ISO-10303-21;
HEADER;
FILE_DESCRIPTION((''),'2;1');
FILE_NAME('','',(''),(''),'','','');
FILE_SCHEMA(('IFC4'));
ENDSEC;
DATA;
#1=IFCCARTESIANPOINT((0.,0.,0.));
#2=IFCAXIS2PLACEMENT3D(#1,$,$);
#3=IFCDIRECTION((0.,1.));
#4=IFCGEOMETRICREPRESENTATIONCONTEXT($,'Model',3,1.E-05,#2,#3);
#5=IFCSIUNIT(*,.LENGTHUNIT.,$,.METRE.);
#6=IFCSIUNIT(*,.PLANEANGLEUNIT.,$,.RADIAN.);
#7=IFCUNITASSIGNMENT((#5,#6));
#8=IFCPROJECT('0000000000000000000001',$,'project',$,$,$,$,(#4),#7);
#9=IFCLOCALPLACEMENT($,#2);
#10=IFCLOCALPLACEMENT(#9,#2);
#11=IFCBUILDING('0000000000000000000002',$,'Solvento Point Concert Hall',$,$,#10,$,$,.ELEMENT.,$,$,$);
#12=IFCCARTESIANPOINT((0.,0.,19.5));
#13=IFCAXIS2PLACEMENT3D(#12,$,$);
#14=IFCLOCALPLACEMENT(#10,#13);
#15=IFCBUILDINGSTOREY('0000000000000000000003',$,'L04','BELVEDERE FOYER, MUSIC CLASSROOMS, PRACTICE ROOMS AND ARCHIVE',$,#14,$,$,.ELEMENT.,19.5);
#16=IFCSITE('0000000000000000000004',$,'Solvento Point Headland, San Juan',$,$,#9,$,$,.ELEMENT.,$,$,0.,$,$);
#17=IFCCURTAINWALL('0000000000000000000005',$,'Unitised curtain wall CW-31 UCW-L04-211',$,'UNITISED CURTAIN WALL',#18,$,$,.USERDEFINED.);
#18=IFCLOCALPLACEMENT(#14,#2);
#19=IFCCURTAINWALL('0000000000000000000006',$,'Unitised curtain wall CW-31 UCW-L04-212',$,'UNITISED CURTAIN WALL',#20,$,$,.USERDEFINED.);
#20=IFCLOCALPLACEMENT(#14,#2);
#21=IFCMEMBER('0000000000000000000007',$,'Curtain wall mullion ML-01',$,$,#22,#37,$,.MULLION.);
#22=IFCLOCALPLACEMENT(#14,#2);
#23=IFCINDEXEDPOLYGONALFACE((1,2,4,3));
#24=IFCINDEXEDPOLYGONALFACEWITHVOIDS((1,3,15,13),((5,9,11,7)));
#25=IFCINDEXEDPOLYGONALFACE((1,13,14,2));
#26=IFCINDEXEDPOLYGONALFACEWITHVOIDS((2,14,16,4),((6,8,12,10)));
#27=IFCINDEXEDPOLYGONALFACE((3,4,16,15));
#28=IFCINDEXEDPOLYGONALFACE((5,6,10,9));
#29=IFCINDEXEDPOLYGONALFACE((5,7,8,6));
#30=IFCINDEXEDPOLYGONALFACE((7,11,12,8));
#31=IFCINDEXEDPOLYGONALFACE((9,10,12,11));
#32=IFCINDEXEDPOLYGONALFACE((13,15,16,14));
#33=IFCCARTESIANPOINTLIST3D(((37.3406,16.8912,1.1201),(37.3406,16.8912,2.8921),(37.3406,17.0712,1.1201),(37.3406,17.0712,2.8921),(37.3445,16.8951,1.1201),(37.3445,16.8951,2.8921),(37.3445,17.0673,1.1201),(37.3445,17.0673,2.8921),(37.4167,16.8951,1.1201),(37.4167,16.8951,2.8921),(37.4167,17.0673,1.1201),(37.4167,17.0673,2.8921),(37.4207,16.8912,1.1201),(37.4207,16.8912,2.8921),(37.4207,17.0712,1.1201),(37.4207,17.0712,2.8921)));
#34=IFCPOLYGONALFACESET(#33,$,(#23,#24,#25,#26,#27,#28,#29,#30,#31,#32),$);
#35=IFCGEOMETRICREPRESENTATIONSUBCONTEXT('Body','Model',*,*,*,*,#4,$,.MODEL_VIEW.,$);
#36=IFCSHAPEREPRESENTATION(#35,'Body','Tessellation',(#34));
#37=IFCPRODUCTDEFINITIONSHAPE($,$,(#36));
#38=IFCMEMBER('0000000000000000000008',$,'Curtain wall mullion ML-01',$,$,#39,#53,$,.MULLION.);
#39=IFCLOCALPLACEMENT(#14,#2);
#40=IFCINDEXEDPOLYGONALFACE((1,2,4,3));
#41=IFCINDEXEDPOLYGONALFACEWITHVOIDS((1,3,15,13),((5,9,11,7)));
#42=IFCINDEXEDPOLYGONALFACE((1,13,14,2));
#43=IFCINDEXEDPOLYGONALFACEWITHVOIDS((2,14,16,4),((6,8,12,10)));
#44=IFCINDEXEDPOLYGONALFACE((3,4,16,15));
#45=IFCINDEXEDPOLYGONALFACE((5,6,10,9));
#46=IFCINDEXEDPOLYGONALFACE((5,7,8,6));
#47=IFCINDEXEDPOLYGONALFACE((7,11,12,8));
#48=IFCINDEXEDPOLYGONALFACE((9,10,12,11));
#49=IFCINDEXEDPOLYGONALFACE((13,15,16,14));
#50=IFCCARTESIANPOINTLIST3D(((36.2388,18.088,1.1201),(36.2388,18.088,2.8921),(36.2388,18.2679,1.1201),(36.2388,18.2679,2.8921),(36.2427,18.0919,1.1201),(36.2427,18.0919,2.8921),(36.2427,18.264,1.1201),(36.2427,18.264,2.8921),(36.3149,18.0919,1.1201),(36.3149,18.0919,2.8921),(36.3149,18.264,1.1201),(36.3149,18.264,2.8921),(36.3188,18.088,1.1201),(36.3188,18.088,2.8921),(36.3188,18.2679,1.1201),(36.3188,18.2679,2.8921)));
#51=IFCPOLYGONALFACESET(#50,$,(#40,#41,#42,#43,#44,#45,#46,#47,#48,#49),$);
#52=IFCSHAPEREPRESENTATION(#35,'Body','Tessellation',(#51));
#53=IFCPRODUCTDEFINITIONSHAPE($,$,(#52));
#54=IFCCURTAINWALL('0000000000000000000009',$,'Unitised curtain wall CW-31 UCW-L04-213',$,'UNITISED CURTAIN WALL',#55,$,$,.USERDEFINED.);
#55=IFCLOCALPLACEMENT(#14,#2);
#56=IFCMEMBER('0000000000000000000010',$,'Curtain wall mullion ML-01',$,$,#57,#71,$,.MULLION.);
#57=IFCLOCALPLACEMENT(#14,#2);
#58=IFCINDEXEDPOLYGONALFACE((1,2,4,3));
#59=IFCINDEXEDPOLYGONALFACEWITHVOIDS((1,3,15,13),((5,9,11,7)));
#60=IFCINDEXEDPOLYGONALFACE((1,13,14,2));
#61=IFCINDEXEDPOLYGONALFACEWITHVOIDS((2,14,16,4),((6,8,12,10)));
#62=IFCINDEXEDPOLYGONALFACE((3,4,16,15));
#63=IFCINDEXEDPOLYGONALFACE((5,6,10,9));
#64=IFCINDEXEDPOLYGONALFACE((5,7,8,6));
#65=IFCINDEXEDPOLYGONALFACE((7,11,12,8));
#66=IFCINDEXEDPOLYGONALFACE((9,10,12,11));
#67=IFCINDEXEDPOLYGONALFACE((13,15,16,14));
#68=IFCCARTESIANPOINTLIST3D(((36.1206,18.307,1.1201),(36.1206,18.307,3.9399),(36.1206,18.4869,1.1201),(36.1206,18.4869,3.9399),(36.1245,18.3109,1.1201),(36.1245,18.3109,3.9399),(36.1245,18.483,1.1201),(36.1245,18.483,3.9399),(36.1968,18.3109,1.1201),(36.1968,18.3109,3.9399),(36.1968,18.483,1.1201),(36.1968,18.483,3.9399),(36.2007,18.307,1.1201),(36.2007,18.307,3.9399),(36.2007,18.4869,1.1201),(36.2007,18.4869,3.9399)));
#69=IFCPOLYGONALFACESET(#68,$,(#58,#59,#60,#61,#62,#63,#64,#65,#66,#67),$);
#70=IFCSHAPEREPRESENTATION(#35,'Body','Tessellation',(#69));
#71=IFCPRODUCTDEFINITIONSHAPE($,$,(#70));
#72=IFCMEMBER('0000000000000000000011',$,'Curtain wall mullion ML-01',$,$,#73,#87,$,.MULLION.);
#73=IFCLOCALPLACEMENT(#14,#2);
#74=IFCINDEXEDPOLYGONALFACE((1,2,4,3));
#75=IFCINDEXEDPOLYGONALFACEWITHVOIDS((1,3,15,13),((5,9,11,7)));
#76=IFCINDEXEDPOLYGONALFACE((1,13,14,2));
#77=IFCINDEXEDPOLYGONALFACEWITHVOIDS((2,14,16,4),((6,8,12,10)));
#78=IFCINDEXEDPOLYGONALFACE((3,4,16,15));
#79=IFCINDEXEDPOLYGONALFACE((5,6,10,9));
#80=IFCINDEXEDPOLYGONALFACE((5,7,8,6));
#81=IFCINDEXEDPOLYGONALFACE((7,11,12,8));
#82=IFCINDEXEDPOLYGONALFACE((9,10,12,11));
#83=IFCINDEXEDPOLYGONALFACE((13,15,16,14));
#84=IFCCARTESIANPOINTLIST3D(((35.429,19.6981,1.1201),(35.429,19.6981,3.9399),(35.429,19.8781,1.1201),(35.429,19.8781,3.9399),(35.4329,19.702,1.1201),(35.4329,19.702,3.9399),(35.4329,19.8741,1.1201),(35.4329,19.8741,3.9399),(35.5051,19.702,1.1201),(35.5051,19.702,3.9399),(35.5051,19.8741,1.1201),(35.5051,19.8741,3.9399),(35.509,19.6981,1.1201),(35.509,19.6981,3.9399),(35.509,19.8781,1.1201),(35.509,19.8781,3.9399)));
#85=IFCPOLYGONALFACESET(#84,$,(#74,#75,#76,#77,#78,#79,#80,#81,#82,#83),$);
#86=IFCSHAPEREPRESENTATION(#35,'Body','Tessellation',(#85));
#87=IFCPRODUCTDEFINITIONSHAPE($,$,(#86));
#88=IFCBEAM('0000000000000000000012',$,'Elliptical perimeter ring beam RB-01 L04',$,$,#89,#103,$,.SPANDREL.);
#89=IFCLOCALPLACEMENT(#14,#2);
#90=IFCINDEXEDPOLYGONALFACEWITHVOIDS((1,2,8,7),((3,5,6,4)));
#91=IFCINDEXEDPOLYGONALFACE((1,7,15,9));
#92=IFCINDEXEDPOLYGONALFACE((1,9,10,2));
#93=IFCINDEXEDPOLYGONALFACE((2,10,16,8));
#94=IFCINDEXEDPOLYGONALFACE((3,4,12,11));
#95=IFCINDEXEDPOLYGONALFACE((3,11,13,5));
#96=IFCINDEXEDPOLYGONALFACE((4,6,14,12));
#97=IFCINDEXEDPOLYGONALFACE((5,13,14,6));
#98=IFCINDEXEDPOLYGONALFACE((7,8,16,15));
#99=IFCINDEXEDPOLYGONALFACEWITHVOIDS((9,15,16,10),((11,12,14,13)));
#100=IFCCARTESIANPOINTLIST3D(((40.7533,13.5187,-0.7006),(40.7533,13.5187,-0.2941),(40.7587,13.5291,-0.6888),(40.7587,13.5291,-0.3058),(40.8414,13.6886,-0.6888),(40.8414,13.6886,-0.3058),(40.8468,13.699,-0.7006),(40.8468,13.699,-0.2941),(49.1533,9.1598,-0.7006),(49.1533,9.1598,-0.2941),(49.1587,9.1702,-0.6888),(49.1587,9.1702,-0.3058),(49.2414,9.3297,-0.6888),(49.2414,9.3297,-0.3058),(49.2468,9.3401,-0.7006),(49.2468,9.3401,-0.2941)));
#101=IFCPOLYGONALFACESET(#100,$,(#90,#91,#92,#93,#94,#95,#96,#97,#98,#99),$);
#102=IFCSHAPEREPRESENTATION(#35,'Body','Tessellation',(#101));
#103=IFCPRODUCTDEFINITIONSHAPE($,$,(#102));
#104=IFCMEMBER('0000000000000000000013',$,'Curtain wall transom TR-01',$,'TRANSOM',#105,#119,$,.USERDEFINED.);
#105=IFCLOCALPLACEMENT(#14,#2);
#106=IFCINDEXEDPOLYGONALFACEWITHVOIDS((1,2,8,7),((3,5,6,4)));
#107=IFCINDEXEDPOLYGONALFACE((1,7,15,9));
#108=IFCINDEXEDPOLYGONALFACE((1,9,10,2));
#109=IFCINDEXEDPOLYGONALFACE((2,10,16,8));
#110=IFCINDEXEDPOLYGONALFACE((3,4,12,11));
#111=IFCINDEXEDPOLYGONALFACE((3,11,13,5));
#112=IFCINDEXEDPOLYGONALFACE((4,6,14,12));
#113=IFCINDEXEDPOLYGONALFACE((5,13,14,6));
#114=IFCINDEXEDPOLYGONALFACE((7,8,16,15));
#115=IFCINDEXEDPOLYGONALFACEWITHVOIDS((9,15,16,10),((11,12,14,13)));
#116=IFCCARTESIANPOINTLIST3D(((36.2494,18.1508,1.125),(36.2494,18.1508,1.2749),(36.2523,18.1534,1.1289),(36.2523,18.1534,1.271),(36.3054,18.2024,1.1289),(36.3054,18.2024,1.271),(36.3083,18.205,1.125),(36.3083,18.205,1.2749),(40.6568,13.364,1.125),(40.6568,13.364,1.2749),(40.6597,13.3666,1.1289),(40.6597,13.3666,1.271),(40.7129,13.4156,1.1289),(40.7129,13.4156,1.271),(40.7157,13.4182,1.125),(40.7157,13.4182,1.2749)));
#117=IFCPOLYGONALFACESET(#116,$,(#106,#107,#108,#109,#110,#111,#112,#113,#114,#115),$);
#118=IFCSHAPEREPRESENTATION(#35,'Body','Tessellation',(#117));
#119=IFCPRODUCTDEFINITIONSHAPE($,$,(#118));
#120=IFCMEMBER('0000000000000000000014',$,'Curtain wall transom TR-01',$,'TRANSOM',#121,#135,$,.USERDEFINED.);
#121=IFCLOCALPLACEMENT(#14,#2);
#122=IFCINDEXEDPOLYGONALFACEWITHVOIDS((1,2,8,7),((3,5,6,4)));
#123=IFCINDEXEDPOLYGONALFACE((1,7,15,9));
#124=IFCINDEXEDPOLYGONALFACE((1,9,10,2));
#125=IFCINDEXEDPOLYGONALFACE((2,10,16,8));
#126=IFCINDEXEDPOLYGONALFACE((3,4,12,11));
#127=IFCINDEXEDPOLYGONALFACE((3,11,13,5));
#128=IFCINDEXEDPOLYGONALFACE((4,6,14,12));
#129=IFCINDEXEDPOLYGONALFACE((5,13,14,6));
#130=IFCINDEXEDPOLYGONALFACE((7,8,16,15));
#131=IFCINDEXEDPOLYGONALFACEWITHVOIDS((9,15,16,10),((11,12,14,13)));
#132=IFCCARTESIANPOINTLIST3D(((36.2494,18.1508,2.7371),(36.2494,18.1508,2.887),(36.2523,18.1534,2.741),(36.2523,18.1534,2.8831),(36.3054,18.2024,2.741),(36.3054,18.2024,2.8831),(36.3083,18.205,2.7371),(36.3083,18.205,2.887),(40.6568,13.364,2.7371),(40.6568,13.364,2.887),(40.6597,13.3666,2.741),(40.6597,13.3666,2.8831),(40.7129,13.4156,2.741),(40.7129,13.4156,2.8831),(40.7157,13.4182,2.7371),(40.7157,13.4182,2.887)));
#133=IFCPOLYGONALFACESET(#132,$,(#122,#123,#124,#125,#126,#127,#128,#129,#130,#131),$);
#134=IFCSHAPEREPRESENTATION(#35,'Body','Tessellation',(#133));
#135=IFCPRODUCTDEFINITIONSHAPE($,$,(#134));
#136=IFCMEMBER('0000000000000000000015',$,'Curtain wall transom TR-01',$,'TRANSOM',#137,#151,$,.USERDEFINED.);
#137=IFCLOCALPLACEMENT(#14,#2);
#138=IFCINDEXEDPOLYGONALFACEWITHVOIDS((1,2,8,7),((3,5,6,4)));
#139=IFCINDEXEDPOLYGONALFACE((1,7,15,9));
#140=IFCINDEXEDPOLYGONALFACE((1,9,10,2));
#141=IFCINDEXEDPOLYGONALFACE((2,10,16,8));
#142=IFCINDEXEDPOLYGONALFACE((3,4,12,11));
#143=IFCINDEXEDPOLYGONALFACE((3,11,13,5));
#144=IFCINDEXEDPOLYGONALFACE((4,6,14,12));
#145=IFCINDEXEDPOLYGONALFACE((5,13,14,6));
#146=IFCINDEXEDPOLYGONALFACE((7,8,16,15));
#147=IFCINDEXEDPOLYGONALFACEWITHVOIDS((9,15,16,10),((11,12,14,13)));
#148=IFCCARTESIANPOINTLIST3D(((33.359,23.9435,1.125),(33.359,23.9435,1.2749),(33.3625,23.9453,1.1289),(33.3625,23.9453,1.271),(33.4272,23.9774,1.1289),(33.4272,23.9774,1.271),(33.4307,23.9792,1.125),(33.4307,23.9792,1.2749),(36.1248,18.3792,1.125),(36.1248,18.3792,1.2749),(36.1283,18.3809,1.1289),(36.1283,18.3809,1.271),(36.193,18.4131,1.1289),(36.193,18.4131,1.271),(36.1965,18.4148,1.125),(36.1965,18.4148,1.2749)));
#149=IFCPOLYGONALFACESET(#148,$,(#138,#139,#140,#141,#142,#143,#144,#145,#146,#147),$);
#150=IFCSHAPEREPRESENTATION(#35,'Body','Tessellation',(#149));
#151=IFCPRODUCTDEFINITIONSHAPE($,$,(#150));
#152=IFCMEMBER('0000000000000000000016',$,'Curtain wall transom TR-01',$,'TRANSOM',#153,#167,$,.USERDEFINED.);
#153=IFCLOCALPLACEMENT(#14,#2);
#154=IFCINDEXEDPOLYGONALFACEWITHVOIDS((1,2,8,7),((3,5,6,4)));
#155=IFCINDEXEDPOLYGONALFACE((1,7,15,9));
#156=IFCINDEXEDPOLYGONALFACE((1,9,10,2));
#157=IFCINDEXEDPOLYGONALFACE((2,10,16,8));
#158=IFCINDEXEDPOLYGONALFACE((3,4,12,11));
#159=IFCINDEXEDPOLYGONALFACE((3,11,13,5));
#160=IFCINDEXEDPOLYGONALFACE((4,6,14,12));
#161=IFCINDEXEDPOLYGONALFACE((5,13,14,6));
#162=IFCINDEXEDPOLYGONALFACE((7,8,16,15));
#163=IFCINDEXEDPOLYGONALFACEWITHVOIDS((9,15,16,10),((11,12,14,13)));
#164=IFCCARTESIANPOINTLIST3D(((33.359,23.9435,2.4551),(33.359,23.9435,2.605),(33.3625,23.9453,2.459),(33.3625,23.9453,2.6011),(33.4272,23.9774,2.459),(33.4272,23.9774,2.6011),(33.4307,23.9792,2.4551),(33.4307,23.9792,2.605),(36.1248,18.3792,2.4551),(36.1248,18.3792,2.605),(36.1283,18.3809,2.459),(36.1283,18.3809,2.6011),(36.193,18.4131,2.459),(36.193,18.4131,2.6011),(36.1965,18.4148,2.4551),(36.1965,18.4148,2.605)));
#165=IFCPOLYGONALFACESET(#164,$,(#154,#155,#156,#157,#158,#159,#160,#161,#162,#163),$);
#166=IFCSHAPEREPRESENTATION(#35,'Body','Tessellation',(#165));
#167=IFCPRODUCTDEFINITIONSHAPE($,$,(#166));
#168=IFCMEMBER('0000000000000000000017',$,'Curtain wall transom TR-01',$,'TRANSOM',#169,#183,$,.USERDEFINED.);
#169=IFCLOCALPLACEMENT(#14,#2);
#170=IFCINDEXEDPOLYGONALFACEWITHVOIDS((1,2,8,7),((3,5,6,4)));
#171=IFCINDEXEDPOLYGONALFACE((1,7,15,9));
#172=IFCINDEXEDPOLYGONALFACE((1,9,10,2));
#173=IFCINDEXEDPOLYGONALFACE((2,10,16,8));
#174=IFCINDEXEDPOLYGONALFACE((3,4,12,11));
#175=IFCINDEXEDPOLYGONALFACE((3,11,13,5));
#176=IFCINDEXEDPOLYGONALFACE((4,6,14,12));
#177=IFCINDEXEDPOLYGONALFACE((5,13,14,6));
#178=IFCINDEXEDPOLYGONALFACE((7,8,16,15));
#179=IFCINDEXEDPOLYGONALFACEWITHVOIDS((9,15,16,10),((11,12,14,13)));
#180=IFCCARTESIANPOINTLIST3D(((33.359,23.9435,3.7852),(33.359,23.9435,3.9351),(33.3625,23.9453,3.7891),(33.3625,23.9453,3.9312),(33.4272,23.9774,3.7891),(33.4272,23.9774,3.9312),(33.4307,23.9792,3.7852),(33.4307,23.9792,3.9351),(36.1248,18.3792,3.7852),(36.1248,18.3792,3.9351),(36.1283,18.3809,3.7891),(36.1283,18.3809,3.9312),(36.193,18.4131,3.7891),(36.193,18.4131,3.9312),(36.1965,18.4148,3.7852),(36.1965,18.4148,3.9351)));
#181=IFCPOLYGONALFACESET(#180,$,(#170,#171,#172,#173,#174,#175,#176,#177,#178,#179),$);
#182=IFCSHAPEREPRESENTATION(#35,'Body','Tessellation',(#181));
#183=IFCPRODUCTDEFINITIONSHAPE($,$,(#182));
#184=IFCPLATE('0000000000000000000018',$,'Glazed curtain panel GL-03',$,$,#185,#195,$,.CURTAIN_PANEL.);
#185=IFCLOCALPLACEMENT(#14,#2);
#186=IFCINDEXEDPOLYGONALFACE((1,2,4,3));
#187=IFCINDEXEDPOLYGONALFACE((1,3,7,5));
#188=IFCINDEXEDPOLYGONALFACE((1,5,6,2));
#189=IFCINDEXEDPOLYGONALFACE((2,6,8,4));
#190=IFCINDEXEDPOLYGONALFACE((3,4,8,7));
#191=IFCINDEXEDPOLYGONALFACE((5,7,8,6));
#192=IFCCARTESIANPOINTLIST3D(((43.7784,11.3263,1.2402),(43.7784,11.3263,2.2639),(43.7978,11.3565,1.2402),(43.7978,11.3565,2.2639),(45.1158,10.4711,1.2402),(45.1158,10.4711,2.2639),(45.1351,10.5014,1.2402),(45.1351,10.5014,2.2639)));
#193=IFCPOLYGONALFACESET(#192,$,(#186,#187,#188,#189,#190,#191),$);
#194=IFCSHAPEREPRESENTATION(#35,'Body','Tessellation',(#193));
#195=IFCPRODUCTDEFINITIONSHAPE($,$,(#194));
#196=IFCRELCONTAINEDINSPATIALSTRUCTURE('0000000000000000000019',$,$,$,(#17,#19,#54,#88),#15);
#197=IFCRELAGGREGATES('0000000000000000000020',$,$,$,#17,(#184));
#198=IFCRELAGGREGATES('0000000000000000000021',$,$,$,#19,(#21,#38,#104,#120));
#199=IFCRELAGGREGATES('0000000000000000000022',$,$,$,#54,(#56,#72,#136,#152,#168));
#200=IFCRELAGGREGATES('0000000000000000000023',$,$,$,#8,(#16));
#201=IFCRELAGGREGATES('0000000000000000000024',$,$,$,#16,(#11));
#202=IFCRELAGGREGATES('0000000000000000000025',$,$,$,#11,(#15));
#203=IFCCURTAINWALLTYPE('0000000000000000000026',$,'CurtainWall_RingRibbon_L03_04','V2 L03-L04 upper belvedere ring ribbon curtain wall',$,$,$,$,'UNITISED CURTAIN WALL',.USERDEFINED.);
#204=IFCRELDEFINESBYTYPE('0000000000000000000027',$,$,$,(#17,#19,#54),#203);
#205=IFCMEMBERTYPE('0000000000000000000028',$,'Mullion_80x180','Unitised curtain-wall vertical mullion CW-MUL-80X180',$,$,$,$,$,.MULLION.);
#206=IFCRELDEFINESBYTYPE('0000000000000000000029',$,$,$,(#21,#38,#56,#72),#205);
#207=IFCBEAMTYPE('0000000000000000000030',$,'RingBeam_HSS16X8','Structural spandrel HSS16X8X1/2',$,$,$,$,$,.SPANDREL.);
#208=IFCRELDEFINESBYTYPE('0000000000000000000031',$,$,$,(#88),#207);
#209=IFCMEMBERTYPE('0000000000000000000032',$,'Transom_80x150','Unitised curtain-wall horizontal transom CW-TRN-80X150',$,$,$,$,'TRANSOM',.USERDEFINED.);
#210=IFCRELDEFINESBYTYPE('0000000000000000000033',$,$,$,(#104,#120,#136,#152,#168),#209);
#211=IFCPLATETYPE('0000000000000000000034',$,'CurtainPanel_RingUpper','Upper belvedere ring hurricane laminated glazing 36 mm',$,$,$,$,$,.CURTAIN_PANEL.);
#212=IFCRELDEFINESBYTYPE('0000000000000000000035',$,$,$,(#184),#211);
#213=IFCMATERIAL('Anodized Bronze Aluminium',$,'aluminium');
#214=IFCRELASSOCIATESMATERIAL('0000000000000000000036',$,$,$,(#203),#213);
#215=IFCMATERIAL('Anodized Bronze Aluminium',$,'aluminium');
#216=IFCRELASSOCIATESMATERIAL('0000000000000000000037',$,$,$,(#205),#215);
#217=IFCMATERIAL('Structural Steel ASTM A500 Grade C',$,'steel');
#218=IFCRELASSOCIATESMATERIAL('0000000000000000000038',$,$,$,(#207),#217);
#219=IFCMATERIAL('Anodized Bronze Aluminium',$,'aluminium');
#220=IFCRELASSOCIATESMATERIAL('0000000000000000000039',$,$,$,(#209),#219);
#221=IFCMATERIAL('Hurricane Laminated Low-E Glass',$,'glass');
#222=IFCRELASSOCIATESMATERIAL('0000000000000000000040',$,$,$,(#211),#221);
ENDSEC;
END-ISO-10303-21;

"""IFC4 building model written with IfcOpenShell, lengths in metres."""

from ifc_helpers import new_model, si_unit, direction, frame, origin, origin_2d, place, context, subcontext, project, spatial, rectangle, hollow_rectangle, extrude, material, material_profile, profile_set, type_object, element, aggregate, save


model = new_model("IFC4")

# Units and contexts
model_context = context("Model", 3, precision=1e-05, world=origin(), true_north=direction((0.0, 1.0)))
body_context = subcontext(model_context, "Body", "Model", "MODEL_VIEW")
ifc_project = project(units=[si_unit("LENGTHUNIT", "METRE"), si_unit("PLANEANGLEUNIT", "RADIAN")], contexts=[model_context])

# Site, building, storey
site_placement = place(None, origin())
site = spatial("IfcSite", under=ifc_project, at=site_placement, Name="Solvento Point Headland, San Juan", CompositionType="ELEMENT", RefElevation=0.0)
building_placement = place(site_placement, origin())
building = spatial("IfcBuilding", under=site, at=building_placement, Name="Solvento Point Concert Hall", CompositionType="ELEMENT")
storey_placement = place(building_placement, frame((0.0, 0.0, 19.5)))
storey = spatial("IfcBuildingStorey", under=building, at=storey_placement, Name="L04", Description="BELVEDERE FOYER, MUSIC CLASSROOMS, PRACTICE ROOMS AND ARCHIVE", CompositionType="ELEMENT", Elevation=19.5)

# Curtain walls, members
ifc_material_1 = material(Name="Anodized Bronze Aluminium", Category="aluminium")
curtain_wall_type = type_object("IfcCurtainWallType", Name="CurtainWall_RingRibbon_L03_04", Description="V2 L03-L04 upper belvedere ring ribbon curtain wall", ElementType="UNITISED CURTAIN WALL", PredefinedType="USERDEFINED", material=ifc_material_1)
curtain_wall_1_placement = place(storey_placement, origin())
curtain_wall_1 = element("IfcCurtainWall", 1, at=curtain_wall_1_placement, inside=storey, type_object=curtain_wall_type, Name="Unitised curtain wall CW-31 UCW-L04-211", ObjectType="UNITISED CURTAIN WALL", PredefinedType="USERDEFINED")
ifc_material_2 = material(Name="Anodized Bronze Aluminium", Category="aluminium")
ifc_material_profile_1 = material_profile(ifc_material_2, hollow_rectangle(XDim=0.0801, YDim=0.1799, WallThickness=0.0039, at=origin_2d()), Name="CW-MUL-80X180")
ifc_profile_set_1 = profile_set([ifc_material_profile_1], Name="Anodized Bronze Aluminium")
member_type_1 = type_object("IfcMemberType", Name="Mullion_80x180", Description="Unitised curtain-wall vertical mullion CW-MUL-80X180", PredefinedType="MULLION", material=ifc_profile_set_1)
curtain_wall_2_placement = place(storey_placement, origin())
curtain_wall_2 = element("IfcCurtainWall", 2, at=curtain_wall_2_placement, inside=storey, type_object=curtain_wall_type, Name="Unitised curtain wall CW-31 UCW-L04-212", ObjectType="UNITISED CURTAIN WALL", PredefinedType="USERDEFINED")
member_1_placement = place(storey_placement, frame((37.3806, 16.9812, 1.1201), z_axis=(0.0, 0.0, 1.0), x_axis=(1.0, 0.0, 0.0)))
member_1 = element("IfcMember", 3, at=member_1_placement, type_object=member_type_1, Name="Curtain wall mullion ML-01", PredefinedType="MULLION", context=body_context, shape_type="SweptSolid", body=[
    extrude(hollow_rectangle(XDim=0.0801, YDim=0.1799, WallThickness=0.0039, at=origin_2d()), origin(), (0.0, 0.0, 1.0), 1.772),
])
member_2_placement = place(storey_placement, frame((36.2788, 18.178, 1.1201), z_axis=(0.0, 0.0, 1.0), x_axis=(1.0, 0.0, 0.0)))
member_2 = element("IfcMember", 4, at=member_2_placement, type_object=member_type_1, Name="Curtain wall mullion ML-01", PredefinedType="MULLION", context=body_context, shape_type="SweptSolid", body=[
    extrude(hollow_rectangle(XDim=0.0801, YDim=0.1799, WallThickness=0.0039, at=origin_2d()), origin(), (0.0, 0.0, 1.0), 1.772),
])
curtain_wall_3_placement = place(storey_placement, origin())
curtain_wall_3 = element("IfcCurtainWall", 5, at=curtain_wall_3_placement, inside=storey, type_object=curtain_wall_type, Name="Unitised curtain wall CW-31 UCW-L04-213", ObjectType="UNITISED CURTAIN WALL", PredefinedType="USERDEFINED")
member_3_placement = place(storey_placement, frame((36.1606, 18.397, 1.1201), z_axis=(0.0, 0.0, 1.0), x_axis=(1.0, 0.0, 0.0)))
member_3 = element("IfcMember", 6, at=member_3_placement, type_object=member_type_1, Name="Curtain wall mullion ML-01", PredefinedType="MULLION", context=body_context, shape_type="SweptSolid", body=[
    extrude(hollow_rectangle(XDim=0.0801, YDim=0.1799, WallThickness=0.0039, at=origin_2d()), origin(), (0.0, 0.0, 1.0), 2.8198),
])
member_4_placement = place(storey_placement, frame((35.469, 19.7881, 1.1201), z_axis=(0.0, 0.0, 1.0), x_axis=(1.0, 0.0, 0.0)))
member_4 = element("IfcMember", 7, at=member_4_placement, type_object=member_type_1, Name="Curtain wall mullion ML-01", PredefinedType="MULLION", context=body_context, shape_type="SweptSolid", body=[
    extrude(hollow_rectangle(XDim=0.0801, YDim=0.1799, WallThickness=0.0039, at=origin_2d()), origin(), (0.0, 0.0, 1.0), 2.8198),
])

# Beam
ifc_material_3 = material(Name="Structural Steel ASTM A500 Grade C", Category="steel")
ifc_material_profile_2 = material_profile(ifc_material_3, hollow_rectangle(XDim=0.2031, YDim=0.4065, WallThickness=0.0117, at=origin_2d()), Name="HSS16X8X1/2")
ifc_profile_set_2 = profile_set([ifc_material_profile_2], Name="Structural Steel ASTM A500 Grade C")
beam_type_1 = type_object("IfcBeamType", Name="RingBeam_HSS16X8", Description="Structural spandrel HSS16X8X1/2", PredefinedType="SPANDREL", material=ifc_profile_set_2)
beam_1_placement = place(storey_placement, frame((40.8, 13.6089, -0.4973), z_axis=(0.887608, -0.460599, 0.0), x_axis=(0.460599, 0.887608, 0.0)))
element("IfcBeam", 8, at=beam_1_placement, inside=storey, type_object=beam_type_1, Name="Elliptical perimeter ring beam RB-01 L04", PredefinedType="SPANDREL", context=body_context, shape_type="SweptSolid", body=[
    extrude(hollow_rectangle(XDim=0.2031, YDim=0.4065, WallThickness=0.0117, at=origin_2d()), origin(), (0.0, 0.0, 1.0), 9.4636),
])

# Members
ifc_material_4 = material(Name="Anodized Bronze Aluminium", Category="aluminium")
ifc_material_profile_3 = material_profile(ifc_material_4, hollow_rectangle(XDim=0.0801, YDim=0.1499, WallThickness=0.0039, at=origin_2d()), Name="CW-TRN-80X150")
ifc_profile_set_3 = profile_set([ifc_material_profile_3], Name="Anodized Bronze Aluminium")
member_type_2 = type_object("IfcMemberType", Name="Transom_80x150", Description="Unitised curtain-wall horizontal transom CW-TRN-80X150", ElementType="TRANSOM", PredefinedType="USERDEFINED", material=ifc_profile_set_3)
member_5_placement = place(storey_placement, frame((40.6863, 13.3911, 1.2), z_axis=(-0.677352, 0.735659, 0.0), x_axis=(-0.735659, -0.677352, 0.0)))
member_5 = element("IfcMember", 9, at=member_5_placement, type_object=member_type_2, Name="Curtain wall transom TR-01", ObjectType="TRANSOM", PredefinedType="USERDEFINED", context=body_context, shape_type="SweptSolid", body=[
    extrude(hollow_rectangle(XDim=0.0801, YDim=0.1499, WallThickness=0.0039, at=origin_2d()), origin(), (0.0, 0.0, 1.0), 6.5068),
])
member_6_placement = place(storey_placement, frame((40.6863, 13.3911, 2.812), z_axis=(-0.677352, 0.735659, 0.0), x_axis=(-0.735659, -0.677352, 0.0)))
member_6 = element("IfcMember", 10, at=member_6_placement, type_object=member_type_2, Name="Curtain wall transom TR-01", ObjectType="TRANSOM", PredefinedType="USERDEFINED", context=body_context, shape_type="SweptSolid", body=[
    extrude(hollow_rectangle(XDim=0.0801, YDim=0.1499, WallThickness=0.0039, at=origin_2d()), origin(), (0.0, 0.0, 1.0), 6.5068),
])
member_7_placement = place(storey_placement, frame((36.1606, 18.397, 1.2), z_axis=(-0.445106, 0.895478, 0.0), x_axis=(-0.895478, -0.445106, 0.0)))
member_7 = element("IfcMember", 11, at=member_7_placement, type_object=member_type_2, Name="Curtain wall transom TR-01", ObjectType="TRANSOM", PredefinedType="USERDEFINED", context=body_context, shape_type="SweptSolid", body=[
    extrude(hollow_rectangle(XDim=0.0801, YDim=0.1499, WallThickness=0.0039, at=origin_2d()), origin(), (0.0, 0.0, 1.0), 6.2139),
])
member_8_placement = place(storey_placement, frame((36.1606, 18.397, 2.53), z_axis=(-0.445106, 0.895478, 0.0), x_axis=(-0.895478, -0.445106, 0.0)))
member_8 = element("IfcMember", 12, at=member_8_placement, type_object=member_type_2, Name="Curtain wall transom TR-01", ObjectType="TRANSOM", PredefinedType="USERDEFINED", context=body_context, shape_type="SweptSolid", body=[
    extrude(hollow_rectangle(XDim=0.0801, YDim=0.1499, WallThickness=0.0039, at=origin_2d()), origin(), (0.0, 0.0, 1.0), 6.2139),
])
member_9_placement = place(storey_placement, frame((36.1606, 18.397, 3.8601), z_axis=(-0.445106, 0.895478, 0.0), x_axis=(-0.895478, -0.445106, 0.0)))
member_9 = element("IfcMember", 13, at=member_9_placement, type_object=member_type_2, Name="Curtain wall transom TR-01", ObjectType="TRANSOM", PredefinedType="USERDEFINED", context=body_context, shape_type="SweptSolid", body=[
    extrude(hollow_rectangle(XDim=0.0801, YDim=0.1499, WallThickness=0.0039, at=origin_2d()), origin(), (0.0, 0.0, 1.0), 6.2139),
])

# Plate
ifc_material_5 = material(Name="Hurricane Laminated Low-E Glass", Category="glass")
plate_type = type_object("IfcPlateType", Name="CurtainPanel_RingUpper", Description="Upper belvedere ring hurricane laminated glazing 36 mm", PredefinedType="CURTAIN_PANEL", material=ifc_material_5)
plate_1_placement = place(storey_placement, frame((44.4568, 10.9138, 1.2402), z_axis=(0.0, 0.0, 1.0), x_axis=(-0.84249, 0.538712, 0.0)))
plate_1 = element("IfcPlate", 14, at=plate_1_placement, type_object=plate_type, Name="Glazed curtain panel GL-03", PredefinedType="CURTAIN_PANEL", context=body_context, shape_type="SweptSolid", body=[
    extrude(rectangle(XDim=1.5874, YDim=0.0359, at=origin_2d()), origin(), (0.0, 0.0, 1.0), 1.0237),
])
aggregate(curtain_wall_1, [plate_1])
aggregate(curtain_wall_2, [member_1, member_2, member_5, member_6])
aggregate(curtain_wall_3, [member_3, member_4, member_7, member_8, member_9])

save(model, "model.ifc")
